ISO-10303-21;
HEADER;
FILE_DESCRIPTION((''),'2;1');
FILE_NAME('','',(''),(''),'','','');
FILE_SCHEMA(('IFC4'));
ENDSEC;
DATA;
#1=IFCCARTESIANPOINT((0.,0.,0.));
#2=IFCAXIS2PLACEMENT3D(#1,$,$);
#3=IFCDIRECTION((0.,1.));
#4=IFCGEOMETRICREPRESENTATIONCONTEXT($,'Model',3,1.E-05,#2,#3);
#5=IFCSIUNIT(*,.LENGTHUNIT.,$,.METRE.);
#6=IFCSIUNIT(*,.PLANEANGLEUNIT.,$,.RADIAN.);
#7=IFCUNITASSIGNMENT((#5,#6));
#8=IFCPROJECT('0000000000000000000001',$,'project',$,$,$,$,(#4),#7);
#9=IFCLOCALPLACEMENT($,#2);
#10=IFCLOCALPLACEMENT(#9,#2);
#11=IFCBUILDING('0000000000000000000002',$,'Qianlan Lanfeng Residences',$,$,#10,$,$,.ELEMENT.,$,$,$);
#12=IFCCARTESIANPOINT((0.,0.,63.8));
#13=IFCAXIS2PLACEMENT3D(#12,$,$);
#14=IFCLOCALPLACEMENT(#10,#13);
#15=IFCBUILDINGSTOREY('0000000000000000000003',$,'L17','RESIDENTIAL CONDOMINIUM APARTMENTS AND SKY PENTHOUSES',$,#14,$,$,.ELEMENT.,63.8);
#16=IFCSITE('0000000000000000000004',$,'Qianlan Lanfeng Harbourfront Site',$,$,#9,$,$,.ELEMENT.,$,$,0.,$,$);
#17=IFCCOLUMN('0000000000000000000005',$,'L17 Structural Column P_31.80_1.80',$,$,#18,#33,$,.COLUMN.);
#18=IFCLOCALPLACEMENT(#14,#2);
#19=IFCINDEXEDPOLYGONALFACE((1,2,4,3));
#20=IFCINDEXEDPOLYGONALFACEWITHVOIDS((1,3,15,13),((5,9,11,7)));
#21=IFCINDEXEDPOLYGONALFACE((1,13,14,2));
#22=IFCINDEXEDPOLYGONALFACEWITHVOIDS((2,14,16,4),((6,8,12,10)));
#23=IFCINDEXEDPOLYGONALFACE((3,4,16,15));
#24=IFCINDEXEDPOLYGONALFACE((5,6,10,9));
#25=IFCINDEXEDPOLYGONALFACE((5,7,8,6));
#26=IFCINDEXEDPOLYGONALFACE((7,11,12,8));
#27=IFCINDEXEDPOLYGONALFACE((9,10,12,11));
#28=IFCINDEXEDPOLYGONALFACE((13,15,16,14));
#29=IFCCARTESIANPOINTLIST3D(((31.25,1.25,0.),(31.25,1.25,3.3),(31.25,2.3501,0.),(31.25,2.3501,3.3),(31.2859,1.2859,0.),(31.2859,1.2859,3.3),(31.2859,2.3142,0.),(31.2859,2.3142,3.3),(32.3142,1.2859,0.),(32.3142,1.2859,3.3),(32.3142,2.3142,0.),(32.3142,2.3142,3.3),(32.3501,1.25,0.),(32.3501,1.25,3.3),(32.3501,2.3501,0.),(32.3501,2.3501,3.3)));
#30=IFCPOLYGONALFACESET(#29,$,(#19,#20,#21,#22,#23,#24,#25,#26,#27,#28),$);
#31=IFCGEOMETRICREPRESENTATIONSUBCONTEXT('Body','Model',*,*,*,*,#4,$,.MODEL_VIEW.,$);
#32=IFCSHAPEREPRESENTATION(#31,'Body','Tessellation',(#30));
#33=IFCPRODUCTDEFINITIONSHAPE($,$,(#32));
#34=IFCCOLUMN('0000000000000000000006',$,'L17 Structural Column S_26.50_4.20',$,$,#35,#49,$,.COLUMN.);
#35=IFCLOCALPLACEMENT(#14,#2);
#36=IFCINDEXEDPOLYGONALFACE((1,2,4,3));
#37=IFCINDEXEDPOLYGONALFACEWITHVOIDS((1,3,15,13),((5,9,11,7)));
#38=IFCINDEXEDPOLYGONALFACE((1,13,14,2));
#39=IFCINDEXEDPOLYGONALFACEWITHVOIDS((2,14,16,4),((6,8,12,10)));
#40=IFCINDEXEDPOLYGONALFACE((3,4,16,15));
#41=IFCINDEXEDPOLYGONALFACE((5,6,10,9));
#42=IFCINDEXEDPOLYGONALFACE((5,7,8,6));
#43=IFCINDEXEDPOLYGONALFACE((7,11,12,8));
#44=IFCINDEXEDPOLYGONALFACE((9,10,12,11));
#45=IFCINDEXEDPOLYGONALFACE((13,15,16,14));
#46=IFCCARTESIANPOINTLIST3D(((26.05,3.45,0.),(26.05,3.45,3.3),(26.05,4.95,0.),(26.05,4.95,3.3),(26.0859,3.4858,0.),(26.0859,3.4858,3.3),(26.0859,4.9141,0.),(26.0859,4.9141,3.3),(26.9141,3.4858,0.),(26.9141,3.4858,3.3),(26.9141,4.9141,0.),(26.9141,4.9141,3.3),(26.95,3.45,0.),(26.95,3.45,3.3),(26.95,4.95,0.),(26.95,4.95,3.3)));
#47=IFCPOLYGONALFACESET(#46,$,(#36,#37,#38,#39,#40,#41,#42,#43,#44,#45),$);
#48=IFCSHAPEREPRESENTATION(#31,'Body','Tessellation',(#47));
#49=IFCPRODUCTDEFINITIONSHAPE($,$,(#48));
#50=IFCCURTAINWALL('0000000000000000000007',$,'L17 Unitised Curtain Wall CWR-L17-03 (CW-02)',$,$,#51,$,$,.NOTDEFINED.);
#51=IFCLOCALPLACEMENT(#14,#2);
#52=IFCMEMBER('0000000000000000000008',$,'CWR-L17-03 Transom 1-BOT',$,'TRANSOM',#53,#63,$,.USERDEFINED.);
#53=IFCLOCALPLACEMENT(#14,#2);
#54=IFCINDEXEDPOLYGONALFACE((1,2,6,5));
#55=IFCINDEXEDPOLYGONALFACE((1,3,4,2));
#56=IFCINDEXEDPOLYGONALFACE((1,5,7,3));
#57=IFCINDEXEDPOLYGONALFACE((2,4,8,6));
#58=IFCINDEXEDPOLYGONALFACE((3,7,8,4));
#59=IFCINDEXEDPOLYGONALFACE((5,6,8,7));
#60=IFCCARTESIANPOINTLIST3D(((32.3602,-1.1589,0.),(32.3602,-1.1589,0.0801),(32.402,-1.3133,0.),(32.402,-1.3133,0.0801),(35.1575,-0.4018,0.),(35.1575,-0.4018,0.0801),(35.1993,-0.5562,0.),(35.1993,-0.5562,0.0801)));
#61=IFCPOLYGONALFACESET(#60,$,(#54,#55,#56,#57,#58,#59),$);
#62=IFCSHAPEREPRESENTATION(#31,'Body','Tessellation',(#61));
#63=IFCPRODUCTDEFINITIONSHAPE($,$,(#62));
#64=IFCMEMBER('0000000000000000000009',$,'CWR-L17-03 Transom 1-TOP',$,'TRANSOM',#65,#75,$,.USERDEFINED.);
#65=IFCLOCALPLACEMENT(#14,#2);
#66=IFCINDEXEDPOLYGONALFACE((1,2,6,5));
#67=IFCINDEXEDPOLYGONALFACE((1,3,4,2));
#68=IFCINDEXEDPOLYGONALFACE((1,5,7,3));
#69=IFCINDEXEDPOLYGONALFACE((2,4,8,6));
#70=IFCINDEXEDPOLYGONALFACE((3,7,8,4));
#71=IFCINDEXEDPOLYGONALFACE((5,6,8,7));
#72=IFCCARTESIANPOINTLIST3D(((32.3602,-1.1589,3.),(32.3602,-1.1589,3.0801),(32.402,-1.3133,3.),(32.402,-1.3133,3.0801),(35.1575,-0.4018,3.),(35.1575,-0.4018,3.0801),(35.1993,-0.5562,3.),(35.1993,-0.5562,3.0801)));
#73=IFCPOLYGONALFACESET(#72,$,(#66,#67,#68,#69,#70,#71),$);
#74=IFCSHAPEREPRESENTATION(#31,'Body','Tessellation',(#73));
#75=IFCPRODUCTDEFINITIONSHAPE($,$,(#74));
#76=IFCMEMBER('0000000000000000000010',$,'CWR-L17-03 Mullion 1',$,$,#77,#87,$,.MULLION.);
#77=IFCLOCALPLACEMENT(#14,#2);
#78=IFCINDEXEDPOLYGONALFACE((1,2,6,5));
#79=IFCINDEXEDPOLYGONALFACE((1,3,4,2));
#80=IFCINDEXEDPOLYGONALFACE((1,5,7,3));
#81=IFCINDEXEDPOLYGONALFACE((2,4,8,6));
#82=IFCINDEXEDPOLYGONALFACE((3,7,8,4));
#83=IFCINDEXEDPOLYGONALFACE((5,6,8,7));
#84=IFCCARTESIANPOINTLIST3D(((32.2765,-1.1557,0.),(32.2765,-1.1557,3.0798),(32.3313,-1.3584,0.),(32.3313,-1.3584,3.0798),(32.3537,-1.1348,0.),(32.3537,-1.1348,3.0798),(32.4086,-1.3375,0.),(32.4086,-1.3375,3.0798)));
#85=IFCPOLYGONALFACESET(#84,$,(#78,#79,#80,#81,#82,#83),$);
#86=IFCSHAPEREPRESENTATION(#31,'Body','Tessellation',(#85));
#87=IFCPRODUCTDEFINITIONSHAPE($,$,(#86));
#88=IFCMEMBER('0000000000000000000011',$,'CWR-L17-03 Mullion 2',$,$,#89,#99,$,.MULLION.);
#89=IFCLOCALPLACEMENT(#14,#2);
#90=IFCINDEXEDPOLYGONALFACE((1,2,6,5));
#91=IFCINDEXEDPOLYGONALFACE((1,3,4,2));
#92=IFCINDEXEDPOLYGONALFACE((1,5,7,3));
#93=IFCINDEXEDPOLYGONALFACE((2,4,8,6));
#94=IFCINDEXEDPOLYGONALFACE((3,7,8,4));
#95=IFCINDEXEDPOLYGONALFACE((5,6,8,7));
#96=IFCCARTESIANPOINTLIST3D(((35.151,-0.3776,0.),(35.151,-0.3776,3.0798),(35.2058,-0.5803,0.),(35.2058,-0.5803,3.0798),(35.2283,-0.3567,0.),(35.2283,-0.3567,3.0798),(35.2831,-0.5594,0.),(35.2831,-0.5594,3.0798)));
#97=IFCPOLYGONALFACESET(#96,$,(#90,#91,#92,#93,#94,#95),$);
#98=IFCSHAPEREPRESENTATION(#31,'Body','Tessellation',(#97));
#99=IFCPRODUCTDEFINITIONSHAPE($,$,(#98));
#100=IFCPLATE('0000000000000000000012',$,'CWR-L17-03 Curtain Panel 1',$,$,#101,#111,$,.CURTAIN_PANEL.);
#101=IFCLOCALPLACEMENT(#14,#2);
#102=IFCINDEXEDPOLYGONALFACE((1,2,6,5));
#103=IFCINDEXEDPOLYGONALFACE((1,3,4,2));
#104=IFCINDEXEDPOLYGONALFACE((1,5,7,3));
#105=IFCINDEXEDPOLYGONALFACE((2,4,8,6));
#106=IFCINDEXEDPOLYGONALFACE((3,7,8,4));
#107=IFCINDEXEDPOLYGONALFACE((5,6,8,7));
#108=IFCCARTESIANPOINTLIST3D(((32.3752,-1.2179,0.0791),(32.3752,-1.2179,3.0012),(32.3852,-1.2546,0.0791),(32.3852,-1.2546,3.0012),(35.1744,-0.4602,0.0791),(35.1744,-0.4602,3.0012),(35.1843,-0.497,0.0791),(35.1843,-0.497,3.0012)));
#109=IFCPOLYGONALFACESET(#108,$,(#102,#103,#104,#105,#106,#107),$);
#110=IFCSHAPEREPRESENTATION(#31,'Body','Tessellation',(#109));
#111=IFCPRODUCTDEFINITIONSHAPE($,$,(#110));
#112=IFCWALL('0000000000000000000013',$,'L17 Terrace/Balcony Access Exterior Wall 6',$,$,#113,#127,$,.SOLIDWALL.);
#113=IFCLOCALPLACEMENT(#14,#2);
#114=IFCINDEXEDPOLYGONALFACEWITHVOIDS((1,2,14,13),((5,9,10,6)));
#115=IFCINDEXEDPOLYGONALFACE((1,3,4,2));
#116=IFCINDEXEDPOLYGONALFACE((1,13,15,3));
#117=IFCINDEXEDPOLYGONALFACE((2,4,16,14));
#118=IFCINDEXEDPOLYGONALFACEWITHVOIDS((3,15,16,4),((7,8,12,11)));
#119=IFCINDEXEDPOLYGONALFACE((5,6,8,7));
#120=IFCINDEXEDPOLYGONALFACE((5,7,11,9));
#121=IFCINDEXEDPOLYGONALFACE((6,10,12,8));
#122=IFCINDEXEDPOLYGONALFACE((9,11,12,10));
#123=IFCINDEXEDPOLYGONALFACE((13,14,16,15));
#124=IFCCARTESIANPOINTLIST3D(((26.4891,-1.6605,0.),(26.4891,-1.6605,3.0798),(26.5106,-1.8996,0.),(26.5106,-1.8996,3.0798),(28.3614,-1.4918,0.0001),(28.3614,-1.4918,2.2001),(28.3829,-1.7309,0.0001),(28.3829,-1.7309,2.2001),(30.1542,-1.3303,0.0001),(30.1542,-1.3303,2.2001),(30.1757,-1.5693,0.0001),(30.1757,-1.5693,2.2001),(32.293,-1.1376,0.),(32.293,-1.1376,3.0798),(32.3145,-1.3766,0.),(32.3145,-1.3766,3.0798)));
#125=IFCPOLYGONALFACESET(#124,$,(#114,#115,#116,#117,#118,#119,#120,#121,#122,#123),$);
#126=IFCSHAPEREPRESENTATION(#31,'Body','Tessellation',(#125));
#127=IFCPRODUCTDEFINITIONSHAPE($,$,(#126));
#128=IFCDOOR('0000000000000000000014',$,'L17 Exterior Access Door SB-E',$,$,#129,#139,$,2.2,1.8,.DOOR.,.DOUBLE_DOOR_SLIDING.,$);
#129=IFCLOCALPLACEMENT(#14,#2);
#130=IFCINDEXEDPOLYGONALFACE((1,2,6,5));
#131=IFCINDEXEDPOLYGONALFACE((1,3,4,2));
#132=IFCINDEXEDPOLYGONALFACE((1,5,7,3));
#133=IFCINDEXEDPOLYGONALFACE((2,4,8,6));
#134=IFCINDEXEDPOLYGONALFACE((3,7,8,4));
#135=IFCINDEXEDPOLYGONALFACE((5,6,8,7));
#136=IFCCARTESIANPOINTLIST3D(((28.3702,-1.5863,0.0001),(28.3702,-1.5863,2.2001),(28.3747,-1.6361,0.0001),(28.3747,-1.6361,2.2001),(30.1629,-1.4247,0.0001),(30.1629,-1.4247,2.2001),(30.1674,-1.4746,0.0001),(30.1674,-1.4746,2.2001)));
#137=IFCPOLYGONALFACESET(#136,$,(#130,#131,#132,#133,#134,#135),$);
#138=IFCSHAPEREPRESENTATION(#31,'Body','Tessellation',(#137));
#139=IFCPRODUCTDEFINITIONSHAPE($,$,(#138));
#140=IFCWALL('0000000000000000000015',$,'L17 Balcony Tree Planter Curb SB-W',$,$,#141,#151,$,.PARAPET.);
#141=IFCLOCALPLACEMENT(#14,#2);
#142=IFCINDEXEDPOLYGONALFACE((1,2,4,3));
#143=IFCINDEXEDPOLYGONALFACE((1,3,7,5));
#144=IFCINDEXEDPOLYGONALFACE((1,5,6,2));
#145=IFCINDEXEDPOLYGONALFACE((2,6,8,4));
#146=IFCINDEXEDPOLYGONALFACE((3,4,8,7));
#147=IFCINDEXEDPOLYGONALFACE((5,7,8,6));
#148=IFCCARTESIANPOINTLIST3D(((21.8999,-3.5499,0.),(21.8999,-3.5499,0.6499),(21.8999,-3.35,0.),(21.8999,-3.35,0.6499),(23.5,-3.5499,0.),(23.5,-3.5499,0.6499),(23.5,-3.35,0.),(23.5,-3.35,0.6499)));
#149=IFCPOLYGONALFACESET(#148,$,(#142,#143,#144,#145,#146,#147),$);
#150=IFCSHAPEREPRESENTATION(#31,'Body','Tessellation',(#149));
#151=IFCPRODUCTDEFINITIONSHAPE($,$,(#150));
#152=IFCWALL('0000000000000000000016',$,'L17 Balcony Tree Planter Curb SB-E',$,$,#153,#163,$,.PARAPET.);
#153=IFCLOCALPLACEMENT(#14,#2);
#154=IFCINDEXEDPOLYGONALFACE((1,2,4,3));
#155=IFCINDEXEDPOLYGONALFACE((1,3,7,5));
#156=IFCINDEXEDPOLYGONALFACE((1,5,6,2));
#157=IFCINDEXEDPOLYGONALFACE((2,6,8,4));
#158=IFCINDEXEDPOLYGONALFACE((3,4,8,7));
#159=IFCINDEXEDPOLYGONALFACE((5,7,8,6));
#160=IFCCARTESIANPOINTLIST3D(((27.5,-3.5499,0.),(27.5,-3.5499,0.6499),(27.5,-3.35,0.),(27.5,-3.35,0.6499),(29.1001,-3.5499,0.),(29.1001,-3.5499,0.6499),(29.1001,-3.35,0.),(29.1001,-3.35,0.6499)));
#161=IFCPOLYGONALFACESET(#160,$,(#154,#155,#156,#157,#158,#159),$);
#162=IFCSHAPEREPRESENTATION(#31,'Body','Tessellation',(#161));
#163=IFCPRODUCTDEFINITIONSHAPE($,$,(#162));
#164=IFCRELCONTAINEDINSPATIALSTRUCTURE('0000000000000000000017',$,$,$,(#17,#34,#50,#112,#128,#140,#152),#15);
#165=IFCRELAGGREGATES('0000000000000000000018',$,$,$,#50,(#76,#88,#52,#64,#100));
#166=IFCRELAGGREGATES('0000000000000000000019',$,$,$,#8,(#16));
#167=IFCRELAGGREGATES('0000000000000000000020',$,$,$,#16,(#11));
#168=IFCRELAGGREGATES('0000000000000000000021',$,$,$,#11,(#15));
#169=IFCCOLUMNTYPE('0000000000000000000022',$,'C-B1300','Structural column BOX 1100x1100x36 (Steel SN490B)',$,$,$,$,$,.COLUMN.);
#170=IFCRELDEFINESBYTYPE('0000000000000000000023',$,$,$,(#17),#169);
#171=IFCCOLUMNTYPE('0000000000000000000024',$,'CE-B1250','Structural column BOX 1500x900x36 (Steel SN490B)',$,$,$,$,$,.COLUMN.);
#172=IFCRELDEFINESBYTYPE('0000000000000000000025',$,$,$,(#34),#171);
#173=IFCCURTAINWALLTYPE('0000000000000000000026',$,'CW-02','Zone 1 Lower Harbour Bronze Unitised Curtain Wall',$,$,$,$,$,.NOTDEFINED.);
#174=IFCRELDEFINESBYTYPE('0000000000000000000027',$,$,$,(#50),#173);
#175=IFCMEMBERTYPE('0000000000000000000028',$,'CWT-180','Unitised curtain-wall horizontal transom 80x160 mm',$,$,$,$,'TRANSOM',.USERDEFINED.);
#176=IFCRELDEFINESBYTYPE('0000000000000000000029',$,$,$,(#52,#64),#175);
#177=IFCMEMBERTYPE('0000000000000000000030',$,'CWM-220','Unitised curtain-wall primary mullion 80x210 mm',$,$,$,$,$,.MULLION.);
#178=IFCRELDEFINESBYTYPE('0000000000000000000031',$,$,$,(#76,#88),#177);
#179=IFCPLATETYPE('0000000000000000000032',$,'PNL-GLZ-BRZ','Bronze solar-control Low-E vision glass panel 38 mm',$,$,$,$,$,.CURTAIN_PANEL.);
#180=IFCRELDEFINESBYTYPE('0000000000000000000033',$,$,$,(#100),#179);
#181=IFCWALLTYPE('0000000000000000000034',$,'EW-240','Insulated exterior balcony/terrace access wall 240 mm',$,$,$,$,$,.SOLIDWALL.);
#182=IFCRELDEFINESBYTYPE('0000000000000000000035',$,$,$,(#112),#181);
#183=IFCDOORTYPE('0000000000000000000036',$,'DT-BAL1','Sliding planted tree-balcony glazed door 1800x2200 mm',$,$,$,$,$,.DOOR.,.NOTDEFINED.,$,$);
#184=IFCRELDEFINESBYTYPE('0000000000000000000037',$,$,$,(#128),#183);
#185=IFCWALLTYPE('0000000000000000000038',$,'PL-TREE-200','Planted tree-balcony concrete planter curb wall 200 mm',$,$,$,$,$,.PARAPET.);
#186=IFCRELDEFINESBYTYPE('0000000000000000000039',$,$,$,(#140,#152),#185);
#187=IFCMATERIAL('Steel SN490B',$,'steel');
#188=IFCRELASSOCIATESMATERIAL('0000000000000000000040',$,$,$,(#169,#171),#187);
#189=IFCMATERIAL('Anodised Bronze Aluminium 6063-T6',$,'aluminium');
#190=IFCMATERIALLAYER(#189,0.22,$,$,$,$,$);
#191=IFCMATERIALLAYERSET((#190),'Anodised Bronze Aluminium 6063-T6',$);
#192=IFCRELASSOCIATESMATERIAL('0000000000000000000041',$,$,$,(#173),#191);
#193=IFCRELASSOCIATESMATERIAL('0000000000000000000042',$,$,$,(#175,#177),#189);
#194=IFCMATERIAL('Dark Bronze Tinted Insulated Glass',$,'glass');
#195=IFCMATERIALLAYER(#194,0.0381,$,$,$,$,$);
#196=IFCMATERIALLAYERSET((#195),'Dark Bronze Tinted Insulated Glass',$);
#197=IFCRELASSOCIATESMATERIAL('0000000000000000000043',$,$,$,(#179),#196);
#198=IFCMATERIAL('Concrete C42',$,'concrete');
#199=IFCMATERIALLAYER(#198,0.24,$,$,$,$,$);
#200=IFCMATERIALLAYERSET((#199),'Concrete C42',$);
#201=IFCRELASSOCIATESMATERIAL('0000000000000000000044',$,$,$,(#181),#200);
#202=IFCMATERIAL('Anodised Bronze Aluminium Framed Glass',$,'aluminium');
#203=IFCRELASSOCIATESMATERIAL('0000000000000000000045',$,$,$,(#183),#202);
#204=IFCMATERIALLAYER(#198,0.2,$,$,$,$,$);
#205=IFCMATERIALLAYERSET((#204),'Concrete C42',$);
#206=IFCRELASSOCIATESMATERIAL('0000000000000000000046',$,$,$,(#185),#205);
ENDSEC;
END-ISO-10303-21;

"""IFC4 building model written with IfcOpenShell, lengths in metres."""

from ifc_helpers import new_model, si_unit, direction, frame, frame_2d, origin, origin_2d, place, context, subcontext, project, spatial, rectangle, hollow_rectangle, extrude, source, transform, mapped, material, layer, layer_set, material_profile, profile_set, type_object, element, fill, aggregate, save


model = new_model("IFC4")

# Units and contexts
model_context = context("Model", 3, precision=1e-05, world=origin(), true_north=direction((0.0, 1.0)))
body_context = subcontext(model_context, "Body", "Model", "MODEL_VIEW")
ifc_project = project(units=[si_unit("LENGTHUNIT", "METRE"), si_unit("PLANEANGLEUNIT", "RADIAN")], contexts=[model_context])

# Site, building, storey
site_placement = place(None, origin())
site = spatial("IfcSite", under=ifc_project, at=site_placement, Name="Qianlan Lanfeng Harbourfront Site", CompositionType="ELEMENT", RefElevation=0.0)
building_placement = place(site_placement, origin())
building = spatial("IfcBuilding", under=site, at=building_placement, Name="Qianlan Lanfeng Residences", CompositionType="ELEMENT")
storey_placement = place(building_placement, frame((0.0, 0.0, 63.8)))
storey = spatial("IfcBuildingStorey", under=building, at=storey_placement, Name="L17", Description="RESIDENTIAL CONDOMINIUM APARTMENTS AND SKY PENTHOUSES", CompositionType="ELEMENT", Elevation=63.8)

# Columns
ifc_material_1 = material(Name="Steel SN490B", Category="steel")
ifc_material_profile_1 = material_profile(ifc_material_1, hollow_rectangle(XDim=1.1001, YDim=1.1001, WallThickness=0.0359, at=origin_2d()), Name="BOX 1100x1100x36")
ifc_profile_set_1 = profile_set([ifc_material_profile_1], Name="Steel SN490B")
column_type_1 = type_object("IfcColumnType", Name="C-B1300", Description="Structural column BOX 1100x1100x36 (Steel SN490B)", PredefinedType="COLUMN", material=ifc_profile_set_1)
column_1_placement = place(storey_placement, frame((31.8, 1.8, 0.0), z_axis=(0.0, 0.0, 1.0), x_axis=(1.0, 0.0, 0.0)))
element("IfcColumn", 1, at=column_1_placement, inside=storey, type_object=column_type_1, Name="L17 Structural Column P_31.80_1.80", PredefinedType="COLUMN", context=body_context, shape_type="SweptSolid", body=[
    extrude(hollow_rectangle(XDim=1.1001, YDim=1.1001, WallThickness=0.0359, at=origin_2d()), origin(), (0.0, 0.0, 1.0), 3.3),
])
ifc_material_profile_2 = material_profile(ifc_material_1, hollow_rectangle(XDim=0.8999, YDim=1.5, WallThickness=0.0359, at=origin_2d()), Name="BOX 1500x900x36")
ifc_profile_set_2 = profile_set([ifc_material_profile_2], Name="Steel SN490B")
column_type_2 = type_object("IfcColumnType", Name="CE-B1250", Description="Structural column BOX 1500x900x36 (Steel SN490B)", PredefinedType="COLUMN", material=ifc_profile_set_2)
column_2_placement = place(storey_placement, frame((26.5, 4.2, 0.0), z_axis=(0.0, 0.0, 1.0), x_axis=(1.0, 0.0, 0.0)))
element("IfcColumn", 2, at=column_2_placement, inside=storey, type_object=column_type_2, Name="L17 Structural Column S_26.50_4.20", PredefinedType="COLUMN", context=body_context, shape_type="SweptSolid", body=[
    extrude(hollow_rectangle(XDim=0.8999, YDim=1.5, WallThickness=0.0359, at=origin_2d()), origin(), (0.0, 0.0, 1.0), 3.3),
])

# Curtain wall, members, plate
ifc_material_2 = material(Name="Anodised Bronze Aluminium 6063-T6", Category="aluminium")
ifc_layer_1 = layer(ifc_material_2, 0.22)
ifc_layer_set_1 = layer_set([ifc_layer_1], Name="Anodised Bronze Aluminium 6063-T6")
curtain_wall_type = type_object("IfcCurtainWallType", Name="CW-02", Description="Zone 1 Lower Harbour Bronze Unitised Curtain Wall", PredefinedType="NOTDEFINED", material=ifc_layer_set_1)
curtain_wall_placement = place(storey_placement, origin())
curtain_wall = element("IfcCurtainWall", 3, at=curtain_wall_placement, inside=storey, type_object=curtain_wall_type, Name="L17 Unitised Curtain Wall CWR-L17-03 (CW-02)", PredefinedType="NOTDEFINED")
ifc_material_profile_3 = material_profile(ifc_material_2, rectangle(XDim=0.0801, YDim=0.1599, at=origin_2d()), Name="ALU TRANSOM 80x160")
ifc_profile_set_3 = profile_set([ifc_material_profile_3], Name="Anodised Bronze Aluminium 6063-T6")
member_type_1 = type_object("IfcMemberType", Name="CWT-180", Description="Unitised curtain-wall horizontal transom 80x160 mm", ElementType="TRANSOM", PredefinedType="USERDEFINED", material=ifc_profile_set_3)
shared_shape_1 = source(origin(), body_context, "Body", "SweptSolid", [
    extrude(rectangle(XDim=0.0801, YDim=0.1599, at=origin_2d()), origin(), (0.0, 0.0, 1.0), 2.8979),
])
member_1_placement = place(storey_placement, frame((32.3811, -1.2361, 0.04), z_axis=(0.965273, 0.261242, 0.0), x_axis=(0.0, 0.0, 1.0)))
member_1 = element("IfcMember", 4, at=member_1_placement, type_object=member_type_1, Name="CWR-L17-03 Transom 1-BOT", ObjectType="TRANSOM", PredefinedType="USERDEFINED", context=body_context, shape_type="MappedRepresentation", body=[
    mapped(shared_shape_1, transform((0.0, 0.0, 0.0), scale=1.0)),
])
member_2_placement = place(storey_placement, frame((32.3811, -1.2361, 3.04), z_axis=(0.965273, 0.261242, 0.0), x_axis=(0.0, 0.0, 1.0)))
member_2 = element("IfcMember", 5, at=member_2_placement, type_object=member_type_1, Name="CWR-L17-03 Transom 1-TOP", ObjectType="TRANSOM", PredefinedType="USERDEFINED", context=body_context, shape_type="MappedRepresentation", body=[
    mapped(shared_shape_1, transform((0.0, 0.0, 0.0), scale=1.0)),
])
ifc_material_profile_4 = material_profile(ifc_material_2, rectangle(XDim=0.0801, YDim=0.21, at=origin_2d()), Name="ALU MULLION 80x210")
ifc_profile_set_4 = profile_set([ifc_material_profile_4], Name="Anodised Bronze Aluminium 6063-T6")
member_type_2 = type_object("IfcMemberType", Name="CWM-220", Description="Unitised curtain-wall primary mullion 80x210 mm", PredefinedType="MULLION", material=ifc_profile_set_4)
shared_shape_2 = source(origin(), body_context, "Body", "SweptSolid", [
    extrude(rectangle(XDim=0.0801, YDim=0.21, at=origin_2d()), origin(), (0.0, 0.0, 1.0), 3.0798),
])
member_3_placement = place(storey_placement, frame((32.3425, -1.2466, 0.0), z_axis=(0.0, 0.0, 1.0), x_axis=(0.965263, 0.261281, 0.0)))
member_3 = element("IfcMember", 6, at=member_3_placement, type_object=member_type_2, Name="CWR-L17-03 Mullion 1", PredefinedType="MULLION", context=body_context, shape_type="MappedRepresentation", body=[
    mapped(shared_shape_2, transform((0.0, 0.0, 0.0), scale=1.0)),
])
member_4_placement = place(storey_placement, frame((35.217, -0.4685, 0.0), z_axis=(0.0, 0.0, 1.0), x_axis=(0.965263, 0.261281, 0.0)))
member_4 = element("IfcMember", 7, at=member_4_placement, type_object=member_type_2, Name="CWR-L17-03 Mullion 2", PredefinedType="MULLION", context=body_context, shape_type="MappedRepresentation", body=[
    mapped(shared_shape_2, transform((0.0, 0.0, 0.0), scale=1.0)),
])
ifc_material_3 = material(Name="Dark Bronze Tinted Insulated Glass", Category="glass")
ifc_layer_2 = layer(ifc_material_3, 0.0381)
ifc_layer_set_2 = layer_set([ifc_layer_2], Name="Dark Bronze Tinted Insulated Glass")
plate_type = type_object("IfcPlateType", Name="PNL-GLZ-BRZ", Description="Bronze solar-control Low-E vision glass panel 38 mm", PredefinedType="CURTAIN_PANEL", material=ifc_layer_set_2)
shared_shape_3 = source(origin(), body_context, "Body", "SweptSolid", [
    extrude(rectangle(XDim=2.8999, YDim=0.0381, at=origin_2d()), origin(), (0.0, 0.0, 1.0), 2.9221),
])
plate_placement = place(storey_placement, frame((33.7798, -0.8574, 0.0791), z_axis=(0.0, 0.0, 1.0), x_axis=(0.965263, 0.261281, 0.0)))
plate = element("IfcPlate", 8, at=plate_placement, type_object=plate_type, Name="CWR-L17-03 Curtain Panel 1", PredefinedType="CURTAIN_PANEL", context=body_context, shape_type="MappedRepresentation", body=[
    mapped(shared_shape_3, transform((0.0, 0.0, 0.0), scale=1.0)),
])
aggregate(curtain_wall, [member_3, member_4, member_1, member_2, plate])

# Wall, opening, door
ifc_material_4 = material(Name="Concrete C42", Category="concrete")
ifc_layer_3 = layer(ifc_material_4, 0.24)
ifc_layer_set_3 = layer_set([ifc_layer_3], Name="Concrete C42")
wall_type_1 = type_object("IfcWallType", Name="EW-240", Description="Insulated exterior balcony/terrace access wall 240 mm", PredefinedType="SOLIDWALL", material=ifc_layer_set_3)
wall_1_placement = place(storey_placement, frame((26.5, -1.78, 0.0), z_axis=(0.0, 0.0, 1.0), x_axis=(0.995965, 0.089739, 0.0)))
wall_1 = element("IfcWall", 9, at=wall_1_placement, inside=storey, type_object=wall_type_1, Name="L17 Terrace/Balcony Access Exterior Wall 6", PredefinedType="SOLIDWALL", context=body_context, shape_type="SweptSolid", body=[
    extrude(rectangle(XDim=5.8274, YDim=0.24, at=frame_2d((2.9136, 0.0))), origin(), (0.0, 0.0, 1.0), 3.0798),
])
opening_1_placement = place(wall_1_placement, frame((1.8799, 0.0, 0.0)))
opening_1 = element("IfcOpeningElement", 10, at=opening_1_placement, cuts=wall_1, PredefinedType="OPENING", context=body_context, shape_type="SweptSolid", body=[
    extrude(rectangle(XDim=1.8, YDim=2.2, at=frame_2d((0.8999, 1.1001))), frame((0.0, 0.1299, 0.0), z_axis=(0.0, -1.0, 0.0), x_axis=(1.0, 0.0, 0.0)), (0.0, 0.0, 1.0), 0.26),
])
ifc_material_5 = material(Name="Anodised Bronze Aluminium Framed Glass", Category="aluminium")
door_type_1 = type_object("IfcDoorType", Name="DT-BAL1", Description="Sliding planted tree-balcony glazed door 1800x2200 mm", OperationType="NOTDEFINED", PredefinedType="DOOR", material=ifc_material_5)
door_1_placement = place(opening_1_placement, frame((1.8, 0.0, 0.0), z_axis=(0.0, 0.0, 1.0), x_axis=(-1.0, 0.0, 0.0)))
door_1 = element("IfcDoor", 11, at=door_1_placement, inside=storey, type_object=door_type_1, Name="L17 Exterior Access Door SB-E", OperationType="DOUBLE_DOOR_SLIDING", OverallHeight=2.2, OverallWidth=1.8, PredefinedType="DOOR", context=body_context, shape_type="SweptSolid", body=[
    extrude(rectangle(XDim=1.8, YDim=2.2, at=frame_2d((0.8999, 1.1001))), frame((0.0, 0.0249, 0.0), z_axis=(0.0, -1.0, 0.0), x_axis=(1.0, 0.0, 0.0)), (0.0, 0.0, 1.0), 0.05),
])
fill(opening_1, door_1)

# Walls
ifc_layer_4 = layer(ifc_material_4, 0.2)
ifc_layer_set_4 = layer_set([ifc_layer_4], Name="Concrete C42")
wall_type_2 = type_object("IfcWallType", Name="PL-TREE-200", Description="Planted tree-balcony concrete planter curb wall 200 mm", PredefinedType="PARAPET", material=ifc_layer_set_4)
for number, where, z_axis, x_axis, name in (
    (12, (21.8999, -3.45, 0.0), (0.0, 0.0, 1.0), (1.0, 0.0, 0.0), "L17 Balcony Tree Planter Curb SB-W"),
    (13, (27.5, -3.45, 0.0), (0.0, 0.0, 1.0), (1.0, 0.0, 0.0), "L17 Balcony Tree Planter Curb SB-E"),
):
    element("IfcWall", number, at=place(storey_placement, frame(where, z_axis=z_axis, x_axis=x_axis)), inside=storey, type_object=wall_type_2, Name=name, PredefinedType="PARAPET", context=body_context, shape_type="SweptSolid", body=[
        extrude(rectangle(XDim=1.6001, YDim=0.2, at=frame_2d((0.8, 0.0))), origin(), (0.0, 0.0, 1.0), 0.6499),
    ])

save(model, "model.ifc")
